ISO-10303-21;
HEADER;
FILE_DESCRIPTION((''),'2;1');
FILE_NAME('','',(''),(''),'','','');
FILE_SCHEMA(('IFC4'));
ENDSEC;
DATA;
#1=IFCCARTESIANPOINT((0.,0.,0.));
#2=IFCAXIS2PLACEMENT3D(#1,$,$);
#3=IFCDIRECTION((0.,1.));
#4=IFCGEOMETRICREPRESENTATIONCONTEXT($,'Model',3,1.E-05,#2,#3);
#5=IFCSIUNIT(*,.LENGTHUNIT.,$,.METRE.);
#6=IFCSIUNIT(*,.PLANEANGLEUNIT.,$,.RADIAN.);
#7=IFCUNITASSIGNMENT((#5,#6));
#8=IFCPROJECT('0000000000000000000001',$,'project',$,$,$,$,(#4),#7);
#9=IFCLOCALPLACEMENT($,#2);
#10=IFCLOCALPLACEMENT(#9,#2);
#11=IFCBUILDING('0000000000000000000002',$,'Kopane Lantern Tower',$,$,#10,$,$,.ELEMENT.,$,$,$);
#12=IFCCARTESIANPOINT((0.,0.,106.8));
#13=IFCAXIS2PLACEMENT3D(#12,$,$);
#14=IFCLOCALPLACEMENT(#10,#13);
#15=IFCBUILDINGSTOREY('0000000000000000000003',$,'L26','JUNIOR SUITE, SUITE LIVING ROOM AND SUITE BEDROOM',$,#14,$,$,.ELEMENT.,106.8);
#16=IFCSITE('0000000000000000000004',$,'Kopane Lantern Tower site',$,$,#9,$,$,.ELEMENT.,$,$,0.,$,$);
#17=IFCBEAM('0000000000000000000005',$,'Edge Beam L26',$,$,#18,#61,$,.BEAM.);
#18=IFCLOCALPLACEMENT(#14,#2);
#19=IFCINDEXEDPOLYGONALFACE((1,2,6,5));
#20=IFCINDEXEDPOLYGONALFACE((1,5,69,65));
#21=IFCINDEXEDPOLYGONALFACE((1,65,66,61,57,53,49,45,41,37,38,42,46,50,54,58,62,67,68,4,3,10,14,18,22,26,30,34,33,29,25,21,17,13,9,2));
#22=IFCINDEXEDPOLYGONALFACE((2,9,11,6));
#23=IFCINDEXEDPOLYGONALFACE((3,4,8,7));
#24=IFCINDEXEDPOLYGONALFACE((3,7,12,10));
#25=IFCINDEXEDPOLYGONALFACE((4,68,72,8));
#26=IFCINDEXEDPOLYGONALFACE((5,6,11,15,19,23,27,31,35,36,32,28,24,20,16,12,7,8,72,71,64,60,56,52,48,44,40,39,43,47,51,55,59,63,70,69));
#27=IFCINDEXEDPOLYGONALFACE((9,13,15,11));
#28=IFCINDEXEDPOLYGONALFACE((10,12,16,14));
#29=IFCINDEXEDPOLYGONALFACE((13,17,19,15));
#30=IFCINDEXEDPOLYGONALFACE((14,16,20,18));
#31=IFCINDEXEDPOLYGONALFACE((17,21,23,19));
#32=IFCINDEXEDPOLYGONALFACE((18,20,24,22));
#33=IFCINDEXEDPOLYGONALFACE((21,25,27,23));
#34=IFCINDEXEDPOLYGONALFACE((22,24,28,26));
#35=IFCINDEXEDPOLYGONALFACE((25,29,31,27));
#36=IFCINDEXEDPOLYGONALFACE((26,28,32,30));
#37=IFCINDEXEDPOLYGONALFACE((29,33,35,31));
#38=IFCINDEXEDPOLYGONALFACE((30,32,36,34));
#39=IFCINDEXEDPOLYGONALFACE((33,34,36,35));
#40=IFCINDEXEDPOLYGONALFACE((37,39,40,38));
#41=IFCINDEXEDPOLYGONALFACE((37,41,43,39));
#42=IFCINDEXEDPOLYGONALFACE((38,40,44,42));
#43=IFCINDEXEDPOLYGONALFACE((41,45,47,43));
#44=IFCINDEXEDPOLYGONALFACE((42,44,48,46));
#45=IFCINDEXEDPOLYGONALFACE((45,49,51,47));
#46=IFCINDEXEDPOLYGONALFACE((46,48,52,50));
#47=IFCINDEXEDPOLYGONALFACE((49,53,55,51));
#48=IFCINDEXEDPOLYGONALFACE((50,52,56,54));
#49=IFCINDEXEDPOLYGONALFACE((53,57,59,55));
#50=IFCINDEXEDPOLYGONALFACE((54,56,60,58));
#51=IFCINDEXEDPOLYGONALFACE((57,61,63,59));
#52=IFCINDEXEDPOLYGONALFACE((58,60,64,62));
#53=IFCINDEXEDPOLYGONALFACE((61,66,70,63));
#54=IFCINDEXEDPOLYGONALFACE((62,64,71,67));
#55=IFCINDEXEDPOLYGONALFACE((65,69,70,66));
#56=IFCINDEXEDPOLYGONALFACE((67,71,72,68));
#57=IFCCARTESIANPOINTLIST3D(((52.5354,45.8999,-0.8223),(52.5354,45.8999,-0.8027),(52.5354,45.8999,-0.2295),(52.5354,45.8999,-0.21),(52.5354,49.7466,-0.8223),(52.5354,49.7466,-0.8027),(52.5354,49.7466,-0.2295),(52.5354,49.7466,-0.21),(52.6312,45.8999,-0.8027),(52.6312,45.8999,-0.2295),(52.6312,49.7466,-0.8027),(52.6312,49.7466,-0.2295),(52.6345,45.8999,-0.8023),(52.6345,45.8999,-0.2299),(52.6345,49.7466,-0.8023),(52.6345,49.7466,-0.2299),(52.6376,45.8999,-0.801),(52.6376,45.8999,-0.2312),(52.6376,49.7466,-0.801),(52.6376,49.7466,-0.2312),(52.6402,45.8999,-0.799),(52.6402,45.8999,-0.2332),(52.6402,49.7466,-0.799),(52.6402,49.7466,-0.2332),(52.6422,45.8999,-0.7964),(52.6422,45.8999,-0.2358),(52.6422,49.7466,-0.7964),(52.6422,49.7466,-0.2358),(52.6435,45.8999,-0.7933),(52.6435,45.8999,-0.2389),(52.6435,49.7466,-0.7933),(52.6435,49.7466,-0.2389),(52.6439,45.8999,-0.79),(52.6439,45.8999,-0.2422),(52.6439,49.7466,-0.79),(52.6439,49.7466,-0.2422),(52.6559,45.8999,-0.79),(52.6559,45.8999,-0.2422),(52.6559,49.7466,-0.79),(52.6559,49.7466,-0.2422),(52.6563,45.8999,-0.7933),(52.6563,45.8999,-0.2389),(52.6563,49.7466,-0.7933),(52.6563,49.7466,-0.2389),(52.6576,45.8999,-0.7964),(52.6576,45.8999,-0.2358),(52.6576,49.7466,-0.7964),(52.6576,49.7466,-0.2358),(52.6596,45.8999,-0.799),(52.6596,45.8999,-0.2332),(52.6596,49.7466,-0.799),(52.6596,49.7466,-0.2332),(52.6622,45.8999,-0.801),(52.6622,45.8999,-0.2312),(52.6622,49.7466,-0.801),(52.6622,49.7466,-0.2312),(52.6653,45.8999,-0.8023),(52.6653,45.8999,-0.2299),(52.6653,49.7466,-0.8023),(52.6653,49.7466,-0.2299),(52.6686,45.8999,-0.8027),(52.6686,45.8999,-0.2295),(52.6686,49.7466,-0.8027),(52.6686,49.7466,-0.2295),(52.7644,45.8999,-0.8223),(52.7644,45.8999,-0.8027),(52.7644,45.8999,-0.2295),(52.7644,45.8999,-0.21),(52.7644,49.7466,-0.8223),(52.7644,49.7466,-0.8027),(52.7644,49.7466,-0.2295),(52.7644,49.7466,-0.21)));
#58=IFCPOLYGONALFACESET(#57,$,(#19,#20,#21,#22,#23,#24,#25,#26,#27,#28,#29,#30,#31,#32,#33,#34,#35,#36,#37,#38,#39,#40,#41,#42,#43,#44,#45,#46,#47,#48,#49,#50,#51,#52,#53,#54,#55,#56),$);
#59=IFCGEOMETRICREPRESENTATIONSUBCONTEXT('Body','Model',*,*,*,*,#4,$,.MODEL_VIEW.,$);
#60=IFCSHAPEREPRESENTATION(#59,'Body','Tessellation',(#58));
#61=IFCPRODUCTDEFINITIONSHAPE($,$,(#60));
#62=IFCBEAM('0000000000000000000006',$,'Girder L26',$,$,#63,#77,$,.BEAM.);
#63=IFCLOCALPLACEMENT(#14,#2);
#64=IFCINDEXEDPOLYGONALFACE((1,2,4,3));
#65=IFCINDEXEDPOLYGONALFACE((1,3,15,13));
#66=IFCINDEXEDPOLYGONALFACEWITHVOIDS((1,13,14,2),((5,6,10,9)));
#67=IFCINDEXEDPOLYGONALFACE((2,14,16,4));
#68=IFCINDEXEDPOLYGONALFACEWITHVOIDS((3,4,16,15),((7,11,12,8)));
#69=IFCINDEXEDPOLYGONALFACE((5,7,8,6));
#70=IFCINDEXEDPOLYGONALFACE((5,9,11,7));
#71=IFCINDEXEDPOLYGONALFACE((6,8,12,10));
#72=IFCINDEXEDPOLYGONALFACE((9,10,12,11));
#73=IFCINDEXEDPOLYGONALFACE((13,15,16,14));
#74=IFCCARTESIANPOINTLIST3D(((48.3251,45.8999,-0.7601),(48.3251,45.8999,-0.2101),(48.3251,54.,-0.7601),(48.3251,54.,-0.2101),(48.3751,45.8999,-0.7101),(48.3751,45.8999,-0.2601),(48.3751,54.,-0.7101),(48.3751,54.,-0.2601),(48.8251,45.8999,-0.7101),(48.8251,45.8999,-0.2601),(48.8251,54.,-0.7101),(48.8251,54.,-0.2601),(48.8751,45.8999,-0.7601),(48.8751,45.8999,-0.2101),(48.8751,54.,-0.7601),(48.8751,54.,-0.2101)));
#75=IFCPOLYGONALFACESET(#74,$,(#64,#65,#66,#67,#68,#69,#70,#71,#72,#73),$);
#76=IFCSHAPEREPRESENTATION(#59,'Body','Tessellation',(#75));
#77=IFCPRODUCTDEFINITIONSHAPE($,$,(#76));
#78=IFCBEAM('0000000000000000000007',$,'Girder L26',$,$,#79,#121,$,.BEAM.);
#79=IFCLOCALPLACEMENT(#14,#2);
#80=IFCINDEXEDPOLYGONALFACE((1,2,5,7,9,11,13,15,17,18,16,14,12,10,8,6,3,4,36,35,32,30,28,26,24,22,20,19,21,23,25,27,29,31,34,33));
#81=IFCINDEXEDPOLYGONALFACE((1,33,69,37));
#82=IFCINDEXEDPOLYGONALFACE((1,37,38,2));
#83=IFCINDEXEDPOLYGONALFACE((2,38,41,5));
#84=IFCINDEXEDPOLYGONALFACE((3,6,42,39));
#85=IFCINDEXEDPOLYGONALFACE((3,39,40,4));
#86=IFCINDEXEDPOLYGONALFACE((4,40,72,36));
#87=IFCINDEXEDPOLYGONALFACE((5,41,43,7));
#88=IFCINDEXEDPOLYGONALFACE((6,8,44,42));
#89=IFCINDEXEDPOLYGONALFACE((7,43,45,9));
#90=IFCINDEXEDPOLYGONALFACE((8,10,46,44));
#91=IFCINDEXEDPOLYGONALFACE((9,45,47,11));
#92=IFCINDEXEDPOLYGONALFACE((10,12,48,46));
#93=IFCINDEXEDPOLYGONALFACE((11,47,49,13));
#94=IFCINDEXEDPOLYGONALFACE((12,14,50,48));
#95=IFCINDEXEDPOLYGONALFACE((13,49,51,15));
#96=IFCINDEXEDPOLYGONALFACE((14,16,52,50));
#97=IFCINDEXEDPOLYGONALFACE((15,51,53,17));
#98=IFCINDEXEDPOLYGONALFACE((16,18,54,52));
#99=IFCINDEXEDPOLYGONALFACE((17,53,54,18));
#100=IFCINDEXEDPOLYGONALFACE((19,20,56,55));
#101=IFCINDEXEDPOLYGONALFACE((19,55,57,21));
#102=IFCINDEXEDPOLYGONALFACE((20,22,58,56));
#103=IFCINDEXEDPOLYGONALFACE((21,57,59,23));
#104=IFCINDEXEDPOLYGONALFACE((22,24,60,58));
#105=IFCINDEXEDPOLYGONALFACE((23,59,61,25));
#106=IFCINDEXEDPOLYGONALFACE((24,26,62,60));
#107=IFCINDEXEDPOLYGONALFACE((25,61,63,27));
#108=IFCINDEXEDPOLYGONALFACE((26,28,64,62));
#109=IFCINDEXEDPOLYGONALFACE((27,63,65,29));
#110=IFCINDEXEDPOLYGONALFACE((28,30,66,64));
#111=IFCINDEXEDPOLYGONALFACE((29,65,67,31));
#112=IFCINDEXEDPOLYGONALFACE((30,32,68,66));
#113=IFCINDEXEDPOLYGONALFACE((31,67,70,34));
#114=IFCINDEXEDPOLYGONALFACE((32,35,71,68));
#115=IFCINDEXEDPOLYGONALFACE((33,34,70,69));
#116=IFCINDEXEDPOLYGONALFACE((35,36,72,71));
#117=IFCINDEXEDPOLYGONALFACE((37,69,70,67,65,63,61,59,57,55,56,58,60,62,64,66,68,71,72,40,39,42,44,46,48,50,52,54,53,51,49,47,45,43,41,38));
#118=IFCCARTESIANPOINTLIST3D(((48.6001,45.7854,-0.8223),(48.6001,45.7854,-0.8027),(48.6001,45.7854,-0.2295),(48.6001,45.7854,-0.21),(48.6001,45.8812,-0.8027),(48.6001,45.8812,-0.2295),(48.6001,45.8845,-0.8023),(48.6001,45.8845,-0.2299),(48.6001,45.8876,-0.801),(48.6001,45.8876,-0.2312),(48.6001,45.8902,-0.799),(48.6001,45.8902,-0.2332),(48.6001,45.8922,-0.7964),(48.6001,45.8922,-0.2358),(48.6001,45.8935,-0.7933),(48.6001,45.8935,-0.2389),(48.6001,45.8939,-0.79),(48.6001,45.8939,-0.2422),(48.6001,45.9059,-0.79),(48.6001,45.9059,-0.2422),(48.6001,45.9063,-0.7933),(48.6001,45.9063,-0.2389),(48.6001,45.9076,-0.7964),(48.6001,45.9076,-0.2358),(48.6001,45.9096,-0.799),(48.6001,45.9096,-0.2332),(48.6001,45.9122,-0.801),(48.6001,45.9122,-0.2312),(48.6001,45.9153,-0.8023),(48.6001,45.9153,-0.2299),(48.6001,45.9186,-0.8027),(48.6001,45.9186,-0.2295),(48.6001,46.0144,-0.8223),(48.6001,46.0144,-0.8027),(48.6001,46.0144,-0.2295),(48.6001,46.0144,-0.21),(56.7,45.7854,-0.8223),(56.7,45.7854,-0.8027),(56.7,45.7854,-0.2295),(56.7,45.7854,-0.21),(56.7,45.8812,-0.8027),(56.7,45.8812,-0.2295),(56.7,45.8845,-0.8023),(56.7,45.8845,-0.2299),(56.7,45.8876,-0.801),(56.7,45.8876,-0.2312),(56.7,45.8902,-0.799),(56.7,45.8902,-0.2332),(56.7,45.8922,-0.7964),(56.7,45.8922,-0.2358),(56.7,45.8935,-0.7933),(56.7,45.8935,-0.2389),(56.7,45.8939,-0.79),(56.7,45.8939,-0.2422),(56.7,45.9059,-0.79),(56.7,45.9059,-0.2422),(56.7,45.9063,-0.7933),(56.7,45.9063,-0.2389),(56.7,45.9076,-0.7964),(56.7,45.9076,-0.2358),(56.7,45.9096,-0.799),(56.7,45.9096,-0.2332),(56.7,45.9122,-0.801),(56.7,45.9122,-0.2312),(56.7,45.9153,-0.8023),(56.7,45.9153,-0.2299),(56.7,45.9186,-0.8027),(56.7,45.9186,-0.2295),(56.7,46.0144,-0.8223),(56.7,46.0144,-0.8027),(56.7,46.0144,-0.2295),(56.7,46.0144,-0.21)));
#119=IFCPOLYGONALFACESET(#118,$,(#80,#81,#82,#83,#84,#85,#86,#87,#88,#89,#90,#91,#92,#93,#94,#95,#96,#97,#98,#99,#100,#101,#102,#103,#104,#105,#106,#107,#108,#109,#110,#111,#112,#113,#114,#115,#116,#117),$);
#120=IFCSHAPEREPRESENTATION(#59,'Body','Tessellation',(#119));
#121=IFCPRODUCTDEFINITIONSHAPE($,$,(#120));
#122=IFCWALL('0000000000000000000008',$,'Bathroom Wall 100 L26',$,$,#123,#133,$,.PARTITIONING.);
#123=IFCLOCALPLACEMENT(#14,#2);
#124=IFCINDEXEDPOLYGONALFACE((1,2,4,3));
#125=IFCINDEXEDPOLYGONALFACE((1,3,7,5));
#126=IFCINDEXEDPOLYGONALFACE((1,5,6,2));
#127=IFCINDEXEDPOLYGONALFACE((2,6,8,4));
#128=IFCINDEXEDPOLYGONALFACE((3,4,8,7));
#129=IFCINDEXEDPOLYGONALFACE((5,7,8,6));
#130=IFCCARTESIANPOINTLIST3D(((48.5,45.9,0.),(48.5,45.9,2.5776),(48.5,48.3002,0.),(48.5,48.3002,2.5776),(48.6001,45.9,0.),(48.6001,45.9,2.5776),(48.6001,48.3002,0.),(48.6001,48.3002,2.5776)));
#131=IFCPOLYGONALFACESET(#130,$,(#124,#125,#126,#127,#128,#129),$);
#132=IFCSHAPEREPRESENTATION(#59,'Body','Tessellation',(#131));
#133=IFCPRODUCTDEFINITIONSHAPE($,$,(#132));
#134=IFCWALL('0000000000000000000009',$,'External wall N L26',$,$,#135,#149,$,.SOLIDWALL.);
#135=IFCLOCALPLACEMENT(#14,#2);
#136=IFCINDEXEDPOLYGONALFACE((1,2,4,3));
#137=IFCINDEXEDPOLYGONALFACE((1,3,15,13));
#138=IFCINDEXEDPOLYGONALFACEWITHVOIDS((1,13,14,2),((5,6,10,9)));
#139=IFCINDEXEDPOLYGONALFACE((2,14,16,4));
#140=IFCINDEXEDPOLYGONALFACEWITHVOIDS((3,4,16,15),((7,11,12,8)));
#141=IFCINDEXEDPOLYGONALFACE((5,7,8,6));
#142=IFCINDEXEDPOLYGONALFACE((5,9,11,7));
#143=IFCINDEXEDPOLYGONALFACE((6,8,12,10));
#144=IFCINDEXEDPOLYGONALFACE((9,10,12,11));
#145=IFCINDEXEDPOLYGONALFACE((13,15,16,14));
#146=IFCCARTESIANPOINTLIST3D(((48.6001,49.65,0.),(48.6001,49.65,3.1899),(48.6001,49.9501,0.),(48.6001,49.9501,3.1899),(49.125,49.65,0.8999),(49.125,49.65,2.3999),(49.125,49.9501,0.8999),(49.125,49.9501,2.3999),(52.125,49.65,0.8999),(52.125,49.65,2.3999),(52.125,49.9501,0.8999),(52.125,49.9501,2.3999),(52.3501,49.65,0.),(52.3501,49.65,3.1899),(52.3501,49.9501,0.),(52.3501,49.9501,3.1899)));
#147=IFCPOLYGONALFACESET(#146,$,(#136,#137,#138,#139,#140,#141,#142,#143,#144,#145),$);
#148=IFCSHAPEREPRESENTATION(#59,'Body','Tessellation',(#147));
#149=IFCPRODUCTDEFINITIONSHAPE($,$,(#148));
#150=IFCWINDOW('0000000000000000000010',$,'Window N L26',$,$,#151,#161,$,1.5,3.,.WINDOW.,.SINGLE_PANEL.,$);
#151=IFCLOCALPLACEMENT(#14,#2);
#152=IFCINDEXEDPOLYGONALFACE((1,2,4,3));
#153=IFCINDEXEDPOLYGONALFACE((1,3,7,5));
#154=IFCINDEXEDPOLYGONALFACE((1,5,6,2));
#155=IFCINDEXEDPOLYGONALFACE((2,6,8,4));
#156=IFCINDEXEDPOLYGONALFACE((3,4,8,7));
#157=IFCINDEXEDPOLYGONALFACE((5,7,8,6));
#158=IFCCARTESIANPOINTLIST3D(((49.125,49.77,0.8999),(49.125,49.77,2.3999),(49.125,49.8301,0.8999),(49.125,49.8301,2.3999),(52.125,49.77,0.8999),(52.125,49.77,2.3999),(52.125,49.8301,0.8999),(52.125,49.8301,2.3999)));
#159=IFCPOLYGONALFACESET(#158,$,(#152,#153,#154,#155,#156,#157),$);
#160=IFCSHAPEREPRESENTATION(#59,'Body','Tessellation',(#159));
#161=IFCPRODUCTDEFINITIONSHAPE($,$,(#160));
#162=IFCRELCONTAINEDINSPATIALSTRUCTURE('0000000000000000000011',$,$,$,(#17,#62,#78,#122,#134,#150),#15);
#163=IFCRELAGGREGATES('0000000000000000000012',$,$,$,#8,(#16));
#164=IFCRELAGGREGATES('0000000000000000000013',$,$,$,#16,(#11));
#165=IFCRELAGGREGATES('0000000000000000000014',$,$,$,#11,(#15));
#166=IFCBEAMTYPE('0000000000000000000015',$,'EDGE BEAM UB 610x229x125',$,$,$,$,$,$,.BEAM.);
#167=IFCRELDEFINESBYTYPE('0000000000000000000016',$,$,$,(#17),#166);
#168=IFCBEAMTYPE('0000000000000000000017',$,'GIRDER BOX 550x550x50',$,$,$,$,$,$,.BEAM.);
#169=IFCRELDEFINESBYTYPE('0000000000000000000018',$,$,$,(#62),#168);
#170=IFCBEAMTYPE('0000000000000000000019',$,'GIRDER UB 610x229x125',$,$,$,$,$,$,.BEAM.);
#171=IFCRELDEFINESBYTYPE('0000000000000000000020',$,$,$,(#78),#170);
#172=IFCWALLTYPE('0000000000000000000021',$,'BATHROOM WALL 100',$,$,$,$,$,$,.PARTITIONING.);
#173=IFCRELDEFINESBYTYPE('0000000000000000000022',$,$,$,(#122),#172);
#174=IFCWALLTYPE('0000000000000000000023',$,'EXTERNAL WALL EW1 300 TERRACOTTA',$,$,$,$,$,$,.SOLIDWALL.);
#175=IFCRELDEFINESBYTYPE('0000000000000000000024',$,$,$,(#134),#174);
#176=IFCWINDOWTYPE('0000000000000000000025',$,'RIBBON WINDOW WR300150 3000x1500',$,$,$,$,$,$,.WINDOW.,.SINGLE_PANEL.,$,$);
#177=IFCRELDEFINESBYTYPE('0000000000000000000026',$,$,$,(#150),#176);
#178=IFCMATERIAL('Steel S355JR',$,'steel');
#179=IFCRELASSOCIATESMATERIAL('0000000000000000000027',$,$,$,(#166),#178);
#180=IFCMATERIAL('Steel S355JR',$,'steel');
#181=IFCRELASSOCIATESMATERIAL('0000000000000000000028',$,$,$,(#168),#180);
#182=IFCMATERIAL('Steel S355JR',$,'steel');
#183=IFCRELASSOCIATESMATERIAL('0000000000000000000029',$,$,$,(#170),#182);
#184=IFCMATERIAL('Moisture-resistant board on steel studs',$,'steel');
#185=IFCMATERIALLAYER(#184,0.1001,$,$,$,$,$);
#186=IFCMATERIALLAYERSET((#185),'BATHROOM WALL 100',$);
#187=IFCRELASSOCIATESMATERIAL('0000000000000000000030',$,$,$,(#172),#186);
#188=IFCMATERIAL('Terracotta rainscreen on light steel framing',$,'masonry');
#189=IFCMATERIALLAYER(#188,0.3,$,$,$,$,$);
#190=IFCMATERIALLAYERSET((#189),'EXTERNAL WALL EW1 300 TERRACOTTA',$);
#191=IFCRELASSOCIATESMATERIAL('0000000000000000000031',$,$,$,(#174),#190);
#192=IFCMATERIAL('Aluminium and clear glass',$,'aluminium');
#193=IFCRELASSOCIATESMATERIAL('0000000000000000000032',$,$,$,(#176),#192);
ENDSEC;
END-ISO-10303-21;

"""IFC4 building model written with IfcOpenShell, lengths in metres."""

from ifc_helpers import new_model, si_unit, direction, frame, frame_2d, origin, origin_2d, place, context, subcontext, project, spatial, rectangle, hollow_rectangle, i_section, extrude, material, layer, layer_set, material_profile, profile_set, type_object, element, fill, save


model = new_model("IFC4")

# Units and contexts
model_context = context("Model", 3, precision=1e-05, world=origin(), true_north=direction((0.0, 1.0)))
body_context = subcontext(model_context, "Body", "Model", "MODEL_VIEW")
ifc_project = project(units=[si_unit("LENGTHUNIT", "METRE"), si_unit("PLANEANGLEUNIT", "RADIAN")], contexts=[model_context])

# Site, building, storey
site_placement = place(None, origin())
site = spatial("IfcSite", under=ifc_project, at=site_placement, Name="Kopane Lantern Tower site", CompositionType="ELEMENT", RefElevation=0.0)
building_placement = place(site_placement, origin())
building = spatial("IfcBuilding", under=site, at=building_placement, Name="Kopane Lantern Tower", CompositionType="ELEMENT")
storey_placement = place(building_placement, frame((0.0, 0.0, 106.8)))
storey = spatial("IfcBuildingStorey", under=building, at=storey_placement, Name="L26", Description="JUNIOR SUITE, SUITE LIVING ROOM AND SUITE BEDROOM", CompositionType="ELEMENT", Elevation=106.8)

# Beams
ifc_material_1 = material(Name="Steel S355JR", Category="steel")
ifc_material_profile_1 = material_profile(ifc_material_1, i_section(OverallWidth=0.229, OverallDepth=0.6123, WebThickness=0.012, FlangeThickness=0.0195, FilletRadius=0.0127, at=origin_2d()), Name="UB 610x229x125")
ifc_profile_set_1 = profile_set([ifc_material_profile_1], Name="Steel S355JR")
beam_type_1 = type_object("IfcBeamType", Name="EDGE BEAM UB 610x229x125", PredefinedType="BEAM", material=ifc_profile_set_1)
beam_1_placement = place(storey_placement, frame((52.6499, 49.7466, -0.5161), z_axis=(0.0, -1.0, 0.0), x_axis=(1.0, 0.0, 0.0)))
element("IfcBeam", 1, at=beam_1_placement, inside=storey, type_object=beam_type_1, Name="Edge Beam L26", PredefinedType="BEAM", context=body_context, shape_type="SweptSolid", body=[
    extrude(i_section(OverallWidth=0.229, OverallDepth=0.6123, WebThickness=0.012, FlangeThickness=0.0195, FilletRadius=0.0127, at=origin_2d()), origin(), (0.0, 0.0, 1.0), 3.8467),
])
ifc_material_2 = material(Name="Steel S355JR", Category="steel")
ifc_material_profile_2 = material_profile(ifc_material_2, hollow_rectangle(XDim=0.55, YDim=0.55, WallThickness=0.05, at=origin_2d()), Name="BOX 550x550x50")
ifc_profile_set_2 = profile_set([ifc_material_profile_2], Name="Steel S355JR")
beam_type_2 = type_object("IfcBeamType", Name="GIRDER BOX 550x550x50", PredefinedType="BEAM", material=ifc_profile_set_2)
beam_2_placement = place(storey_placement, frame((48.6001, 45.8999, -0.4851), z_axis=(0.0, 1.0, 0.0), x_axis=(-1.0, 0.0, 0.0)))
element("IfcBeam", 2, at=beam_2_placement, inside=storey, type_object=beam_type_2, Name="Girder L26", PredefinedType="BEAM", context=body_context, shape_type="SweptSolid", body=[
    extrude(hollow_rectangle(XDim=0.55, YDim=0.55, WallThickness=0.05, at=origin_2d()), origin(), (0.0, 0.0, 1.0), 8.1001),
])
ifc_material_3 = material(Name="Steel S355JR", Category="steel")
ifc_material_profile_3 = material_profile(ifc_material_3, i_section(OverallWidth=0.229, OverallDepth=0.6123, WebThickness=0.012, FlangeThickness=0.0195, FilletRadius=0.0127, at=origin_2d()), Name="UB 610x229x125")
ifc_profile_set_3 = profile_set([ifc_material_profile_3], Name="Steel S355JR")
beam_type_3 = type_object("IfcBeamType", Name="GIRDER UB 610x229x125", PredefinedType="BEAM", material=ifc_profile_set_3)
beam_3_placement = place(storey_placement, frame((48.6001, 45.8999, -0.5161), z_axis=(1.0, 0.0, 0.0), x_axis=(0.0, 1.0, 0.0)))
element("IfcBeam", 3, at=beam_3_placement, inside=storey, type_object=beam_type_3, Name="Girder L26", PredefinedType="BEAM", context=body_context, shape_type="SweptSolid", body=[
    extrude(i_section(OverallWidth=0.229, OverallDepth=0.6123, WebThickness=0.012, FlangeThickness=0.0195, FilletRadius=0.0127, at=origin_2d()), origin(), (0.0, 0.0, 1.0), 8.0999),
])

# Wall
ifc_material_4 = material(Name="Moisture-resistant board on steel studs", Category="steel")
ifc_layer_1 = layer(ifc_material_4, 0.1001)
ifc_layer_set_1 = layer_set([ifc_layer_1], Name="BATHROOM WALL 100")
wall_type_1 = type_object("IfcWallType", Name="BATHROOM WALL 100", PredefinedType="PARTITIONING", material=ifc_layer_set_1)
wall_1_placement = place(storey_placement, frame((48.55, 45.8999, 0.0), z_axis=(0.0, 0.0, 1.0), x_axis=(0.0, 1.0, 0.0)))
element("IfcWall", 4, at=wall_1_placement, inside=storey, type_object=wall_type_1, Name="Bathroom Wall 100 L26", PredefinedType="PARTITIONING", context=body_context, shape_type="SweptSolid", body=[
    extrude(rectangle(XDim=2.4001, YDim=0.1001, at=frame_2d((1.2002, 0.0))), origin(), (0.0, 0.0, 1.0), 2.5776),
])

# Wall, opening, window
ifc_material_5 = material(Name="Terracotta rainscreen on light steel framing", Category="masonry")
ifc_layer_2 = layer(ifc_material_5, 0.3)
ifc_layer_set_2 = layer_set([ifc_layer_2], Name="EXTERNAL WALL EW1 300 TERRACOTTA")
wall_type_2 = type_object("IfcWallType", Name="EXTERNAL WALL EW1 300 TERRACOTTA", PredefinedType="SOLIDWALL", material=ifc_layer_set_2)
wall_2_placement = place(storey_placement, frame((52.3501, 49.8, 0.0), z_axis=(0.0, 0.0, 1.0), x_axis=(-1.0, 0.0, 0.0)))
wall_2 = element("IfcWall", 5, at=wall_2_placement, inside=storey, type_object=wall_type_2, Name="External wall N L26", PredefinedType="SOLIDWALL", context=body_context, shape_type="SweptSolid", body=[
    extrude(rectangle(XDim=3.75, YDim=0.3, at=frame_2d((1.875, 0.0))), origin(), (0.0, 0.0, 1.0), 3.1899),
])
opening_1_placement = place(wall_2_placement, frame((0.2251, 0.0, 0.8999)))
opening_1 = element("IfcOpeningElement", 6, at=opening_1_placement, cuts=wall_2, PredefinedType="OPENING", context=body_context, shape_type="SweptSolid", body=[
    extrude(rectangle(XDim=3.0, YDim=1.5, at=frame_2d((1.5, 0.75))), frame((0.0, 0.1599, 0.0), z_axis=(0.0, -1.0, 0.0), x_axis=(1.0, 0.0, 0.0)), (0.0, 0.0, 1.0), 0.3201),
])
ifc_material_6 = material(Name="Aluminium and clear glass", Category="aluminium")
window_type = type_object("IfcWindowType", Name="RIBBON WINDOW WR300150 3000x1500", PartitioningType="SINGLE_PANEL", PredefinedType="WINDOW", material=ifc_material_6)
window_1_placement = place(opening_1_placement, origin())
window_1 = element("IfcWindow", 7, at=window_1_placement, inside=storey, type_object=window_type, Name="Window N L26", OverallHeight=1.5, OverallWidth=3.0, PartitioningType="SINGLE_PANEL", PredefinedType="WINDOW", context=body_context, shape_type="SweptSolid", body=[
    extrude(rectangle(XDim=3.0, YDim=1.5, at=frame_2d((1.5, 0.75))), frame((0.0, 0.03, 0.0), z_axis=(0.0, -1.0, 0.0), x_axis=(1.0, 0.0, 0.0)), (0.0, 0.0, 1.0), 0.0601),
])
fill(opening_1, window_1)

save(model, "model.ifc")
